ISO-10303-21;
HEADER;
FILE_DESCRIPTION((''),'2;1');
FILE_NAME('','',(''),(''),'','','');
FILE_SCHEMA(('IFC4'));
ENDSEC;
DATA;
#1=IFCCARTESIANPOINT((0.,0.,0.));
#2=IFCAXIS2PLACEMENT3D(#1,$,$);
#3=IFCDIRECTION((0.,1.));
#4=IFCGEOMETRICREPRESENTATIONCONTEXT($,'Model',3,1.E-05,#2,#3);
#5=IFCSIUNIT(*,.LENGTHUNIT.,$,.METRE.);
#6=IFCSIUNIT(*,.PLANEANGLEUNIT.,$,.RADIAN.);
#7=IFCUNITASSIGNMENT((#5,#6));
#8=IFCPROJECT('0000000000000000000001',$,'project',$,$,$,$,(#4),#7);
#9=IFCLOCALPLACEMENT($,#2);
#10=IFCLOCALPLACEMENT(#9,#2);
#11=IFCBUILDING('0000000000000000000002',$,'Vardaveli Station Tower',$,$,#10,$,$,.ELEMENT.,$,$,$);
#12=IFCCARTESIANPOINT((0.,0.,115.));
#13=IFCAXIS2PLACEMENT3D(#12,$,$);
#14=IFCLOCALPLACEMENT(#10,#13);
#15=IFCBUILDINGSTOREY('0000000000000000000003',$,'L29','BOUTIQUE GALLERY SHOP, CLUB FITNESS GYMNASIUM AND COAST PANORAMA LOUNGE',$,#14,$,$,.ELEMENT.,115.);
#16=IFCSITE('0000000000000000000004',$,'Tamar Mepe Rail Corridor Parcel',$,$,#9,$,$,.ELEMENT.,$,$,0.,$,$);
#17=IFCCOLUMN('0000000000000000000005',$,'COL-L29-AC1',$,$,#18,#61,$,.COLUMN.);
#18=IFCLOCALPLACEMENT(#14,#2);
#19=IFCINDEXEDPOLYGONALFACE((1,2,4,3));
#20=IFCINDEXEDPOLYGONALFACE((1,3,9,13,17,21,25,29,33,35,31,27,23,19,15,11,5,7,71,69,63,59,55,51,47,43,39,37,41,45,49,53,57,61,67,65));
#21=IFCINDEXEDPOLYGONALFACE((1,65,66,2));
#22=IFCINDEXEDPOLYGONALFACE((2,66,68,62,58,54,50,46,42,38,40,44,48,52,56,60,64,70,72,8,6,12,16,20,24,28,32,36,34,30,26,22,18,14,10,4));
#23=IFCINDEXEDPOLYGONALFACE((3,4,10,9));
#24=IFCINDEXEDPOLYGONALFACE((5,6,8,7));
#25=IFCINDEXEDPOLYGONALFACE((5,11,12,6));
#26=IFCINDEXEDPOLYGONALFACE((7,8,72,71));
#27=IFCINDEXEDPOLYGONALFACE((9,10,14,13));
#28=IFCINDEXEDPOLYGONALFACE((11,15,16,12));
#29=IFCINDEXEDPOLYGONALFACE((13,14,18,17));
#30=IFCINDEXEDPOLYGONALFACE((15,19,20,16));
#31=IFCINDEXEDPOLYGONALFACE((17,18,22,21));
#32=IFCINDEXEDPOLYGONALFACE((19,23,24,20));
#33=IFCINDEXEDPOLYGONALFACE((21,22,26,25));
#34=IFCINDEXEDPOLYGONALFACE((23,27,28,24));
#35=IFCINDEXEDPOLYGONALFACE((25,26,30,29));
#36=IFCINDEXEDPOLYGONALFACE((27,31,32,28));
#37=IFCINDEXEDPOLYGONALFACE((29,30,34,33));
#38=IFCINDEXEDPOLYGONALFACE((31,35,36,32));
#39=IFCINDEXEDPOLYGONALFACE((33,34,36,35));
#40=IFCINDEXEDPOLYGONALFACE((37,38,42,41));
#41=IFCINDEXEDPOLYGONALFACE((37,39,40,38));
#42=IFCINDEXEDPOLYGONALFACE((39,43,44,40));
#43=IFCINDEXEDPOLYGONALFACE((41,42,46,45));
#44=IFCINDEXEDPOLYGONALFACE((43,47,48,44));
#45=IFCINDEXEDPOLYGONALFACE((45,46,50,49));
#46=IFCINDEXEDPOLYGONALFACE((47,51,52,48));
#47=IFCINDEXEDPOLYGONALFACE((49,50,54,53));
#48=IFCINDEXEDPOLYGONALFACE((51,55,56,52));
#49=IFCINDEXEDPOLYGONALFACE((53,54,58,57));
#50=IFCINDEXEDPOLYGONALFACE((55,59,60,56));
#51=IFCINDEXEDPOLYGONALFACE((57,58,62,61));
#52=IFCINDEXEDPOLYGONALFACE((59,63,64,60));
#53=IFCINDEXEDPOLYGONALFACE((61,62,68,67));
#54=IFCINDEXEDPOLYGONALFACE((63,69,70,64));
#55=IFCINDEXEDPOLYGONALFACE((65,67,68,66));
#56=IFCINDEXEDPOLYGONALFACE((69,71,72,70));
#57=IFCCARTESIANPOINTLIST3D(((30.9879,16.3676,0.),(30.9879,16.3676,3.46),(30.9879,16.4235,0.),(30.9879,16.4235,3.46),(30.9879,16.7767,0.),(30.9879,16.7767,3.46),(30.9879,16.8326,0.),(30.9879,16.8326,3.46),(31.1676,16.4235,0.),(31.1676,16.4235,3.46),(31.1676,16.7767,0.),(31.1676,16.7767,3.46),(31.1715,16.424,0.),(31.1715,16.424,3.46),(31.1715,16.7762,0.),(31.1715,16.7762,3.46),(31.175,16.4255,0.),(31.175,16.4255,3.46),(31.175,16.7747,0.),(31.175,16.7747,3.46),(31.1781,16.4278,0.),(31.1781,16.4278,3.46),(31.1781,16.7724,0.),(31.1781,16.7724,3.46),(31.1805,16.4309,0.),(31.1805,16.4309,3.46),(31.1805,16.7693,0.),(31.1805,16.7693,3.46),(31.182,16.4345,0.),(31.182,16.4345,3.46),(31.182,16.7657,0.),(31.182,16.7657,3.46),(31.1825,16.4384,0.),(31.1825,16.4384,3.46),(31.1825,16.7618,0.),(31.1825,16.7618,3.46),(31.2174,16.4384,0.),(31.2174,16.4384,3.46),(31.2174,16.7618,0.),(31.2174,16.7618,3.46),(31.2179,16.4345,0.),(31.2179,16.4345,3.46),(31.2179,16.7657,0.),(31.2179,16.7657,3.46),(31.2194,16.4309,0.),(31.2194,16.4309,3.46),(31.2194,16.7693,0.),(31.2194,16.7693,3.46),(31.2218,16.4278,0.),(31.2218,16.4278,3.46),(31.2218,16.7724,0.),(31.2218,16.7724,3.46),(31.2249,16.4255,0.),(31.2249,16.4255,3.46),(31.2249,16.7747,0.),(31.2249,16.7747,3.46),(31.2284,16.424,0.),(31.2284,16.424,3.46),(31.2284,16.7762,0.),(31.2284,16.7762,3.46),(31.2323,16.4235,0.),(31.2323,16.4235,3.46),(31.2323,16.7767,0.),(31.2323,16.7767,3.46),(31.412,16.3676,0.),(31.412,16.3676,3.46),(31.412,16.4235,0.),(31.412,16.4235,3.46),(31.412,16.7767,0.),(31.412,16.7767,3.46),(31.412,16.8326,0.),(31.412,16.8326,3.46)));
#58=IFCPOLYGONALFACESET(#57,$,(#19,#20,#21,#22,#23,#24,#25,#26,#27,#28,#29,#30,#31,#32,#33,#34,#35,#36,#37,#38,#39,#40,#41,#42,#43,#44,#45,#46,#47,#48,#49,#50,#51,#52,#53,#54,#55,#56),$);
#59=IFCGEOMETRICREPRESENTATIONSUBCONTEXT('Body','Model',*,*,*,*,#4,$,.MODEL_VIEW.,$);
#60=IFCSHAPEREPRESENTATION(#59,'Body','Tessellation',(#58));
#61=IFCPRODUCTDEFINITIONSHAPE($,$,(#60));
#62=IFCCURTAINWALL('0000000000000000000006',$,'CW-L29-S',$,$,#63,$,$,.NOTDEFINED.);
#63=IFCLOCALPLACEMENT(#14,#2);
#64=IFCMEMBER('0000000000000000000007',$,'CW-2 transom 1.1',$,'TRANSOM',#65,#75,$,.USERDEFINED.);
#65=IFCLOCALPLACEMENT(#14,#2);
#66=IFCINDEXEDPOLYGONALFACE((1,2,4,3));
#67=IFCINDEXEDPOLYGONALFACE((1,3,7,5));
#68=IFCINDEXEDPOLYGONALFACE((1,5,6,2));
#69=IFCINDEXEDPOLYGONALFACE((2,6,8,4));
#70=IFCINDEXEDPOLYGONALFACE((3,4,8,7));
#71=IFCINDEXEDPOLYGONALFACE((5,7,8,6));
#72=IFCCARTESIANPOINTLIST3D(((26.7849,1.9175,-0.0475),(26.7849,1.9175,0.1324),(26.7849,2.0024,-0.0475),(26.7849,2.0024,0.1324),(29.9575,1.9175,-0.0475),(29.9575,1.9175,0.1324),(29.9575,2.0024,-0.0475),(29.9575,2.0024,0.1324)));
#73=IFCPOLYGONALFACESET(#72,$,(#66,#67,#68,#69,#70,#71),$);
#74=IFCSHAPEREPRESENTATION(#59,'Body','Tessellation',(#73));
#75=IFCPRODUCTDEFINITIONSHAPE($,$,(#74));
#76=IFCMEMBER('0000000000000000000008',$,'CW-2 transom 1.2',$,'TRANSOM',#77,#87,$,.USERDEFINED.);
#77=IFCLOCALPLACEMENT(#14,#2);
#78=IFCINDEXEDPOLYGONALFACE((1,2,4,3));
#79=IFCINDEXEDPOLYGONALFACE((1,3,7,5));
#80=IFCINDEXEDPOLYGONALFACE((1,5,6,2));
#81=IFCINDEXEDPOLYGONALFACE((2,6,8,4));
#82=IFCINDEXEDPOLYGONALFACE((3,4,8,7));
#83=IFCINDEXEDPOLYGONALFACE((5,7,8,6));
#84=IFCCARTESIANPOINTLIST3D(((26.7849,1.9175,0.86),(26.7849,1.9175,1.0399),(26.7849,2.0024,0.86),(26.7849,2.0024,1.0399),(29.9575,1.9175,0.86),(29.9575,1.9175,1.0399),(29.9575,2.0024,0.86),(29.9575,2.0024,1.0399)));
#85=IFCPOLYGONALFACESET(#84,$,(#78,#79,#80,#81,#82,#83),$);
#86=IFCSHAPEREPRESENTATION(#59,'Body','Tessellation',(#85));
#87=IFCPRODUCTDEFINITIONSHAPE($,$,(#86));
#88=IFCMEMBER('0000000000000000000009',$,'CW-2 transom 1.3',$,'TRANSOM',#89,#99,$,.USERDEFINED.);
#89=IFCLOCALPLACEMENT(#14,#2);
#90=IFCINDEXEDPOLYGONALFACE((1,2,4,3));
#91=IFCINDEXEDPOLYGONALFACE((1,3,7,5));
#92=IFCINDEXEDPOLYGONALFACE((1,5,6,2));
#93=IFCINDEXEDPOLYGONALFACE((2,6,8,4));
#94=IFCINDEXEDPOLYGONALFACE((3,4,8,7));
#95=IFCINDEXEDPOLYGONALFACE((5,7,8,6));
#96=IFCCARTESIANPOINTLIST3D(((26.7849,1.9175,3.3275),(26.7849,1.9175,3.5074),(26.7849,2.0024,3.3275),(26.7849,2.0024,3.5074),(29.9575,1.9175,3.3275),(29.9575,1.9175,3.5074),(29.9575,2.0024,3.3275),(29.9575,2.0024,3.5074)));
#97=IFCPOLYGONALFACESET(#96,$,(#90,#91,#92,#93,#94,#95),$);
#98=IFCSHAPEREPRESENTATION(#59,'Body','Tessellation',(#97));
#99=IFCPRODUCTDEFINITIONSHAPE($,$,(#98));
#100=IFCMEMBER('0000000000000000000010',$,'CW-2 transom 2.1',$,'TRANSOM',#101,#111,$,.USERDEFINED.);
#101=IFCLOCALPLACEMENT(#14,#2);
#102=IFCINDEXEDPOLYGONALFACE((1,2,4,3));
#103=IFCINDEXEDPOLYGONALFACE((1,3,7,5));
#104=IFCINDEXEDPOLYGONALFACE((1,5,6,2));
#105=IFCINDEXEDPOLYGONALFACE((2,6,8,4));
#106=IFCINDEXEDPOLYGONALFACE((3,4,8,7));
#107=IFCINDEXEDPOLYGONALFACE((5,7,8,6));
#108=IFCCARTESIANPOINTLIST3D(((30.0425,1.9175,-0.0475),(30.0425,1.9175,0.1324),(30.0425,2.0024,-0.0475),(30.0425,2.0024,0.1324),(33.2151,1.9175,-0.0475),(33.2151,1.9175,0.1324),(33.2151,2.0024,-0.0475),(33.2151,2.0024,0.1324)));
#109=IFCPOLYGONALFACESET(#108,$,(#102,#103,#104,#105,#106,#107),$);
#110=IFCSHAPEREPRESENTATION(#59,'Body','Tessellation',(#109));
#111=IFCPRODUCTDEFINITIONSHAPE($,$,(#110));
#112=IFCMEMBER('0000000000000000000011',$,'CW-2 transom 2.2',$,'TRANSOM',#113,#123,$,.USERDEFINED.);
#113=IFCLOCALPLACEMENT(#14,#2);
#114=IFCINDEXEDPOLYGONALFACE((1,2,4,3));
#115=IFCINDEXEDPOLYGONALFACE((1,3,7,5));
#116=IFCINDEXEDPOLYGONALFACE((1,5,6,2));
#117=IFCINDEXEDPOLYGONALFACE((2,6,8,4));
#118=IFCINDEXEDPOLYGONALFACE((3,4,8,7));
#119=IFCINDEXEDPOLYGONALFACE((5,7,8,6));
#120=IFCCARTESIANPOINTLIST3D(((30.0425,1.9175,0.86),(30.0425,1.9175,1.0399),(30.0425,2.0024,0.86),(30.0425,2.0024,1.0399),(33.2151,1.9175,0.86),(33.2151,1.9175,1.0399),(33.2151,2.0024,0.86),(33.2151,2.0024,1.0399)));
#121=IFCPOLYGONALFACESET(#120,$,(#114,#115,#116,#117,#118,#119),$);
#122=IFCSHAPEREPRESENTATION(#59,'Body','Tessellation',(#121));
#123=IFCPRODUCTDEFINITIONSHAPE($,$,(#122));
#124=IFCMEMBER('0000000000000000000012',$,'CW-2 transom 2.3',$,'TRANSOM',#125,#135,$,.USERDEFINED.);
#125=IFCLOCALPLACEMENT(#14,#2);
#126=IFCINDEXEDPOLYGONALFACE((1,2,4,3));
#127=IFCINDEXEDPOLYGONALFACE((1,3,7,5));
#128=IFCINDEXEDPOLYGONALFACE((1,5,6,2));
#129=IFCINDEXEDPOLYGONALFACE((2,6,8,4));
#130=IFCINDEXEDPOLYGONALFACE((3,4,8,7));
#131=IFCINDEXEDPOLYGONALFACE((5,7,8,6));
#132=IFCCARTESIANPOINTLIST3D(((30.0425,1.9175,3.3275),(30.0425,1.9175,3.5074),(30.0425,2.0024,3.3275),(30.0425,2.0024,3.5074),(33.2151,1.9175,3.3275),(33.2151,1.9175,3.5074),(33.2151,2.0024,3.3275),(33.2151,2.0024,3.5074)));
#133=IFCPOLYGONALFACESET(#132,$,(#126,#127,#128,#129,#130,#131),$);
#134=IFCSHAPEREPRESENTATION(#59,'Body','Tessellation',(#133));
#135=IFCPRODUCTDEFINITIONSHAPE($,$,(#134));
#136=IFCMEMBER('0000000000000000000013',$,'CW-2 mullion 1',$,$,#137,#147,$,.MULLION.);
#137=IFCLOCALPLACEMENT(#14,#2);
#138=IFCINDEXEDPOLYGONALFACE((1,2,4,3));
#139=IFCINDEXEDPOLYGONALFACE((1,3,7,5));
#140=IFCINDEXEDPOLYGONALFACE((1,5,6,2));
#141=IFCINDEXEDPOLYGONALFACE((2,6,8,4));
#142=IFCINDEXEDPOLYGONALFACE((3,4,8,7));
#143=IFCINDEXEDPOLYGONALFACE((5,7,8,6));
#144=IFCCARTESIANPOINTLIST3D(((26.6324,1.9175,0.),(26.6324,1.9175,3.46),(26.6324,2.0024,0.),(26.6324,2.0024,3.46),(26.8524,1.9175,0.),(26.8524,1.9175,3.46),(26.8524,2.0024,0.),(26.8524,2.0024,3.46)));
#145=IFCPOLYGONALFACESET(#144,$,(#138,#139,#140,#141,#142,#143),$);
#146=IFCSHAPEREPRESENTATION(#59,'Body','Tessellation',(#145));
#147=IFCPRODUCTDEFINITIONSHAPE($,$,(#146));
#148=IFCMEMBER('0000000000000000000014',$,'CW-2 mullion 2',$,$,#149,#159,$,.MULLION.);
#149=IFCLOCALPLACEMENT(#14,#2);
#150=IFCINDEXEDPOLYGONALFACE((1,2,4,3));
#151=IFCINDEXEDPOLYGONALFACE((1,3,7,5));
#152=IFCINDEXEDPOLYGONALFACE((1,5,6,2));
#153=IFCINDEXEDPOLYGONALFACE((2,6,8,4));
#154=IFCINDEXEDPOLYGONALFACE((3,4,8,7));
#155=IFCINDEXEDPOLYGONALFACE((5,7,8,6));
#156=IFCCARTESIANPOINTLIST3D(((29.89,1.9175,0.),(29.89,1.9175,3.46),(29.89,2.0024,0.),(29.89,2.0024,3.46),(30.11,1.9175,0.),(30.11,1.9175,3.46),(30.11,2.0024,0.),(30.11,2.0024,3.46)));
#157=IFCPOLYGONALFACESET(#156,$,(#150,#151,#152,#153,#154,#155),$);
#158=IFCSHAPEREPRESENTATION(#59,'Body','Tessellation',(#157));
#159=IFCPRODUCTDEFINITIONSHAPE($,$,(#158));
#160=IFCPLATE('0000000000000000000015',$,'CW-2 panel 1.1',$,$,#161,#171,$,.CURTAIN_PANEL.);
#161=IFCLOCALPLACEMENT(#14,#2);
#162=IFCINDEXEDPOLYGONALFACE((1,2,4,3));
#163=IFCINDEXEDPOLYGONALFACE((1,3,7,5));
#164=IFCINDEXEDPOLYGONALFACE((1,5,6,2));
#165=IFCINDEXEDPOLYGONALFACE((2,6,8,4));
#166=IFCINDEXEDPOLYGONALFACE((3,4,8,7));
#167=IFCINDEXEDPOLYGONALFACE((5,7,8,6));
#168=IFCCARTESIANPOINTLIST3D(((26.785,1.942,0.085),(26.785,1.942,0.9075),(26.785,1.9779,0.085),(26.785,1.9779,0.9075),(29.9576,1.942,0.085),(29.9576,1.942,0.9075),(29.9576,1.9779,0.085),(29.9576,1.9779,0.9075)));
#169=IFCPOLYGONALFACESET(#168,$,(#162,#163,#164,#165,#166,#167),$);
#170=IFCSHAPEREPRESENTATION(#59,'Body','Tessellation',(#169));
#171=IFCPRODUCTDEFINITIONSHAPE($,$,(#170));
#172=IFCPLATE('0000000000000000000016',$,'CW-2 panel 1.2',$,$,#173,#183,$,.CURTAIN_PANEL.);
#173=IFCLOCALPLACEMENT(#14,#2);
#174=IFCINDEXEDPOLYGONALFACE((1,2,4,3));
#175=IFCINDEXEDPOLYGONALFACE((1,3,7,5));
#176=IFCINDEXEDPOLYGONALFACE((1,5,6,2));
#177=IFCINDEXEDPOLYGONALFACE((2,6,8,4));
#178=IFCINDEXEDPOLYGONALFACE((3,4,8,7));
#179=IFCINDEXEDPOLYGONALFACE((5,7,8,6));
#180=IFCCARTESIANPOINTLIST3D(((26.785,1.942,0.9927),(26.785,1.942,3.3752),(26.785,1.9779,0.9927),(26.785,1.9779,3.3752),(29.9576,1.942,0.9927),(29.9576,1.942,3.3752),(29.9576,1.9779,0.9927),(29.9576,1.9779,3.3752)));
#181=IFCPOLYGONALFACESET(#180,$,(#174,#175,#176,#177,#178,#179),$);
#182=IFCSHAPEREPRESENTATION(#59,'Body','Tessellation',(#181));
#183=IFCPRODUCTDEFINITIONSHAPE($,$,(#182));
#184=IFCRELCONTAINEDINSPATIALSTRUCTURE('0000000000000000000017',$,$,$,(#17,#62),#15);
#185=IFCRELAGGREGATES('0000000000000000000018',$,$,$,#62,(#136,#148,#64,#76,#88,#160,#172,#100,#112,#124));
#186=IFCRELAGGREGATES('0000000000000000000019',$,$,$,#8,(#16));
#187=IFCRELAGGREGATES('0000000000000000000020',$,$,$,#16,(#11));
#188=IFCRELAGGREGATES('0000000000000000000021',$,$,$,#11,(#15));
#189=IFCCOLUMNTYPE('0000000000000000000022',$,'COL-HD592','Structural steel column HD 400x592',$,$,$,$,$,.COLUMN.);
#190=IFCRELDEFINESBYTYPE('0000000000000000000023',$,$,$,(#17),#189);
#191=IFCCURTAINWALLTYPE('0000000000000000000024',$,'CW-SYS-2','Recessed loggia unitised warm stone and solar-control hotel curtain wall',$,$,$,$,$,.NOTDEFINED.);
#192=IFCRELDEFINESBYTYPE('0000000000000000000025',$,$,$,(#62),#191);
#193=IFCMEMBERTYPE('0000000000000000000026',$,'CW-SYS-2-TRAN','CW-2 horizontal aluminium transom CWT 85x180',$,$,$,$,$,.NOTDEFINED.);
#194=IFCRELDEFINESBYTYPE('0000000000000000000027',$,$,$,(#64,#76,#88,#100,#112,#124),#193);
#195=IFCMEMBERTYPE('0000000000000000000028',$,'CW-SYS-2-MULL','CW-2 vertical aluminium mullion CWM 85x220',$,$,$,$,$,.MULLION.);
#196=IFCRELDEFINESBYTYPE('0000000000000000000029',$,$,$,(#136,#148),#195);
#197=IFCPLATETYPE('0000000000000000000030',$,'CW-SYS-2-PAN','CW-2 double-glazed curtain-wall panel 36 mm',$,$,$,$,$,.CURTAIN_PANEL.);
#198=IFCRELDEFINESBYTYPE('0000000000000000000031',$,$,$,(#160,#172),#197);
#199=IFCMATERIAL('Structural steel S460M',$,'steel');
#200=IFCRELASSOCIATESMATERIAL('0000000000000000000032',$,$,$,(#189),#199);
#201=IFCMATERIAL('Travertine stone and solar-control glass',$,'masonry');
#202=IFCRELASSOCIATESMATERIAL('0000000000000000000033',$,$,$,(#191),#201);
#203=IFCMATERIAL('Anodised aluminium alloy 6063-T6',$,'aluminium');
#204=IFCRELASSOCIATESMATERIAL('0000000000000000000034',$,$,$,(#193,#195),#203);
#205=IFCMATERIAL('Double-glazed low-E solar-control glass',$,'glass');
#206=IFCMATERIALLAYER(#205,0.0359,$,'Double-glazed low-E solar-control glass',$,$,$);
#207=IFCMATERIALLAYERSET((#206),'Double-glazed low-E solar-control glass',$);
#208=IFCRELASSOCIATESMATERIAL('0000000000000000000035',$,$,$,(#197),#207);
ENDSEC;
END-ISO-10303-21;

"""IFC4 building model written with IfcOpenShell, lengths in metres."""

from ifc_helpers import new_model, si_unit, direction, frame, origin, origin_2d, place, context, subcontext, project, spatial, rectangle, i_section, extrude, source, transform, mapped, material, layer, layer_set, material_profile, profile_set, type_object, element, aggregate, save


model = new_model("IFC4")

# Units and contexts
model_context = context("Model", 3, precision=1e-05, world=origin(), true_north=direction((0.0, 1.0)))
body_context = subcontext(model_context, "Body", "Model", "MODEL_VIEW")
ifc_project = project(units=[si_unit("LENGTHUNIT", "METRE"), si_unit("PLANEANGLEUNIT", "RADIAN")], contexts=[model_context])

# Site, building, storey
site_placement = place(None, origin())
site = spatial("IfcSite", under=ifc_project, at=site_placement, Name="Tamar Mepe Rail Corridor Parcel", CompositionType="ELEMENT", RefElevation=0.0)
building_placement = place(site_placement, origin())
building = spatial("IfcBuilding", under=site, at=building_placement, Name="Vardaveli Station Tower", CompositionType="ELEMENT")
storey_placement = place(building_placement, frame((0.0, 0.0, 115.0)))
storey = spatial("IfcBuildingStorey", under=building, at=storey_placement, Name="L29", Description="BOUTIQUE GALLERY SHOP, CLUB FITNESS GYMNASIUM AND COAST PANORAMA LOUNGE", CompositionType="ELEMENT", Elevation=115.0)

# Column
ifc_material_1 = material(Name="Structural steel S460M", Category="steel")
ifc_material_profile_1 = material_profile(ifc_material_1, i_section(OverallWidth=0.4241, OverallDepth=0.4651, WebThickness=0.0349, FlangeThickness=0.0559, FilletRadius=0.0149, at=origin_2d()), Name="HD 400x592")
ifc_profile_set_1 = profile_set([ifc_material_profile_1], Name="Structural steel S460M")
column_type = type_object("IfcColumnType", Name="COL-HD592", Description="Structural steel column HD 400x592", PredefinedType="COLUMN", material=ifc_profile_set_1)
shared_shape_1 = source(origin(), body_context, "Body", "SweptSolid", [
    extrude(i_section(OverallWidth=0.4241, OverallDepth=0.4651, WebThickness=0.0349, FlangeThickness=0.0559, FilletRadius=0.0149, at=origin_2d()), origin(), (0.0, 0.0, 1.0), 3.46),
])
column_placement = place(storey_placement, frame((31.2, 16.6001, 0.0), z_axis=(0.0, 0.0, 1.0), x_axis=(1.0, 0.0, 0.0)))
element("IfcColumn", 1, at=column_placement, inside=storey, type_object=column_type, Name="COL-L29-AC1", PredefinedType="COLUMN", context=body_context, shape_type="MappedRepresentation", body=[
    mapped(shared_shape_1, transform((0.0, 0.0, 0.0), scale=1.0)),
])

# Curtain wall, members, plates
ifc_material_2 = material(Name="Travertine stone and solar-control glass", Category="masonry")
curtain_wall_type = type_object("IfcCurtainWallType", Name="CW-SYS-2", Description="Recessed loggia unitised warm stone and solar-control hotel curtain wall", PredefinedType="NOTDEFINED", material=ifc_material_2)
curtain_wall_placement = place(storey_placement, origin())
curtain_wall = element("IfcCurtainWall", 2, at=curtain_wall_placement, inside=storey, type_object=curtain_wall_type, Name="CW-L29-S", PredefinedType="NOTDEFINED")
ifc_material_3 = material(Name="Anodised aluminium alloy 6063-T6", Category="aluminium")
ifc_material_profile_2 = material_profile(ifc_material_3, rectangle(XDim=0.085, YDim=0.1799, at=origin_2d()), Name="CWT 85x180")
ifc_profile_set_2 = profile_set([ifc_material_profile_2], Name="Anodised aluminium alloy 6063-T6")
member_type_1 = type_object("IfcMemberType", Name="CW-SYS-2-TRAN", Description="CW-2 horizontal aluminium transom CWT 85x180", PredefinedType="NOTDEFINED", material=ifc_profile_set_2)
shared_shape_2 = source(origin(), body_context, "Body", "SweptSolid", [
    extrude(rectangle(XDim=0.085, YDim=0.1799, at=origin_2d()), origin(), (0.0, 0.0, 1.0), 3.1726),
])
member_1_placement = place(storey_placement, frame((26.7849, 1.96, 0.0425), z_axis=(1.0, 0.0, 0.0), x_axis=(0.0, 1.0, 0.0)))
member_1 = element("IfcMember", 3, at=member_1_placement, type_object=member_type_1, Name="CW-2 transom 1.1", ObjectType="TRANSOM", PredefinedType="USERDEFINED", context=body_context, shape_type="MappedRepresentation", body=[
    mapped(shared_shape_2, transform((0.0, 0.0, 0.0), scale=1.0)),
])
member_2_placement = place(storey_placement, frame((26.7849, 1.96, 0.95), z_axis=(1.0, 0.0, 0.0), x_axis=(0.0, 1.0, 0.0)))
member_2 = element("IfcMember", 4, at=member_2_placement, type_object=member_type_1, Name="CW-2 transom 1.2", ObjectType="TRANSOM", PredefinedType="USERDEFINED", context=body_context, shape_type="MappedRepresentation", body=[
    mapped(shared_shape_2, transform((0.0, 0.0, 0.0), scale=1.0)),
])
member_3_placement = place(storey_placement, frame((26.7849, 1.96, 3.4175), z_axis=(1.0, 0.0, 0.0), x_axis=(0.0, 1.0, 0.0)))
member_3 = element("IfcMember", 5, at=member_3_placement, type_object=member_type_1, Name="CW-2 transom 1.3", ObjectType="TRANSOM", PredefinedType="USERDEFINED", context=body_context, shape_type="MappedRepresentation", body=[
    mapped(shared_shape_2, transform((0.0, 0.0, 0.0), scale=1.0)),
])
member_4_placement = place(storey_placement, frame((30.0425, 1.96, 0.0425), z_axis=(1.0, 0.0, 0.0), x_axis=(0.0, 1.0, 0.0)))
member_4 = element("IfcMember", 6, at=member_4_placement, type_object=member_type_1, Name="CW-2 transom 2.1", ObjectType="TRANSOM", PredefinedType="USERDEFINED", context=body_context, shape_type="MappedRepresentation", body=[
    mapped(shared_shape_2, transform((0.0, 0.0, 0.0), scale=1.0)),
])
member_5_placement = place(storey_placement, frame((30.0425, 1.96, 0.95), z_axis=(1.0, 0.0, 0.0), x_axis=(0.0, 1.0, 0.0)))
member_5 = element("IfcMember", 7, at=member_5_placement, type_object=member_type_1, Name="CW-2 transom 2.2", ObjectType="TRANSOM", PredefinedType="USERDEFINED", context=body_context, shape_type="MappedRepresentation", body=[
    mapped(shared_shape_2, transform((0.0, 0.0, 0.0), scale=1.0)),
])
member_6_placement = place(storey_placement, frame((30.0425, 1.96, 3.4175), z_axis=(1.0, 0.0, 0.0), x_axis=(0.0, 1.0, 0.0)))
member_6 = element("IfcMember", 8, at=member_6_placement, type_object=member_type_1, Name="CW-2 transom 2.3", ObjectType="TRANSOM", PredefinedType="USERDEFINED", context=body_context, shape_type="MappedRepresentation", body=[
    mapped(shared_shape_2, transform((0.0, 0.0, 0.0), scale=1.0)),
])
ifc_material_profile_3 = material_profile(ifc_material_3, rectangle(XDim=0.085, YDim=0.22, at=origin_2d()), Name="CWM 85x220")
ifc_profile_set_3 = profile_set([ifc_material_profile_3], Name="Anodised aluminium alloy 6063-T6")
member_type_2 = type_object("IfcMemberType", Name="CW-SYS-2-MULL", Description="CW-2 vertical aluminium mullion CWM 85x220", PredefinedType="MULLION", material=ifc_profile_set_3)
shared_shape_3 = source(origin(), body_context, "Body", "SweptSolid", [
    extrude(rectangle(XDim=0.085, YDim=0.22, at=origin_2d()), origin(), (0.0, 0.0, 1.0), 3.46),
])
member_7_placement = place(storey_placement, frame((26.7424, 1.96, 0.0), z_axis=(0.0, 0.0, 1.0), x_axis=(0.0, 1.0, 0.0)))
member_7 = element("IfcMember", 9, at=member_7_placement, type_object=member_type_2, Name="CW-2 mullion 1", PredefinedType="MULLION", context=body_context, shape_type="MappedRepresentation", body=[
    mapped(shared_shape_3, transform((0.0, 0.0, 0.0), scale=1.0)),
])
member_8_placement = place(storey_placement, frame((30.0, 1.96, 0.0), z_axis=(0.0, 0.0, 1.0), x_axis=(0.0, 1.0, 0.0)))
member_8 = element("IfcMember", 10, at=member_8_placement, type_object=member_type_2, Name="CW-2 mullion 2", PredefinedType="MULLION", context=body_context, shape_type="MappedRepresentation", body=[
    mapped(shared_shape_3, transform((0.0, 0.0, 0.0), scale=1.0)),
])
ifc_material_4 = material(Name="Double-glazed low-E solar-control glass", Category="glass")
ifc_layer_1 = layer(ifc_material_4, 0.0359, Name="Double-glazed low-E solar-control glass")
ifc_layer_set_1 = layer_set([ifc_layer_1], Name="Double-glazed low-E solar-control glass")
plate_type = type_object("IfcPlateType", Name="CW-SYS-2-PAN", Description="CW-2 double-glazed curtain-wall panel 36 mm", PredefinedType="CURTAIN_PANEL", material=ifc_layer_set_1)
shared_shape_4 = source(origin(), body_context, "Body", "SweptSolid", [
    extrude(rectangle(XDim=3.1726, YDim=0.0359, at=origin_2d()), origin(), (0.0, 0.0, 1.0), 0.8225),
])
plate_1_placement = place(storey_placement, frame((28.3713, 1.96, 0.085), z_axis=(0.0, 0.0, 1.0), x_axis=(1.0, 0.0, 0.0)))
plate_1 = element("IfcPlate", 11, at=plate_1_placement, type_object=plate_type, Name="CW-2 panel 1.1", PredefinedType="CURTAIN_PANEL", context=body_context, shape_type="MappedRepresentation", body=[
    mapped(shared_shape_4, transform((0.0, 0.0, 0.0), scale=1.0)),
])
shared_shape_5 = source(origin(), body_context, "Body", "SweptSolid", [
    extrude(rectangle(XDim=3.1726, YDim=0.0359, at=origin_2d()), origin(), (0.0, 0.0, 1.0), 2.3826),
])
plate_2_placement = place(storey_placement, frame((28.3713, 1.96, 0.9927), z_axis=(0.0, 0.0, 1.0), x_axis=(1.0, 0.0, 0.0)))
plate_2 = element("IfcPlate", 12, at=plate_2_placement, type_object=plate_type, Name="CW-2 panel 1.2", PredefinedType="CURTAIN_PANEL", context=body_context, shape_type="MappedRepresentation", body=[
    mapped(shared_shape_5, transform((0.0, 0.0, 0.0), scale=1.0)),
])
aggregate(curtain_wall, [member_7, member_8, member_1, member_2, member_3, plate_1, plate_2, member_4, member_5, member_6])

save(model, "model.ifc")
